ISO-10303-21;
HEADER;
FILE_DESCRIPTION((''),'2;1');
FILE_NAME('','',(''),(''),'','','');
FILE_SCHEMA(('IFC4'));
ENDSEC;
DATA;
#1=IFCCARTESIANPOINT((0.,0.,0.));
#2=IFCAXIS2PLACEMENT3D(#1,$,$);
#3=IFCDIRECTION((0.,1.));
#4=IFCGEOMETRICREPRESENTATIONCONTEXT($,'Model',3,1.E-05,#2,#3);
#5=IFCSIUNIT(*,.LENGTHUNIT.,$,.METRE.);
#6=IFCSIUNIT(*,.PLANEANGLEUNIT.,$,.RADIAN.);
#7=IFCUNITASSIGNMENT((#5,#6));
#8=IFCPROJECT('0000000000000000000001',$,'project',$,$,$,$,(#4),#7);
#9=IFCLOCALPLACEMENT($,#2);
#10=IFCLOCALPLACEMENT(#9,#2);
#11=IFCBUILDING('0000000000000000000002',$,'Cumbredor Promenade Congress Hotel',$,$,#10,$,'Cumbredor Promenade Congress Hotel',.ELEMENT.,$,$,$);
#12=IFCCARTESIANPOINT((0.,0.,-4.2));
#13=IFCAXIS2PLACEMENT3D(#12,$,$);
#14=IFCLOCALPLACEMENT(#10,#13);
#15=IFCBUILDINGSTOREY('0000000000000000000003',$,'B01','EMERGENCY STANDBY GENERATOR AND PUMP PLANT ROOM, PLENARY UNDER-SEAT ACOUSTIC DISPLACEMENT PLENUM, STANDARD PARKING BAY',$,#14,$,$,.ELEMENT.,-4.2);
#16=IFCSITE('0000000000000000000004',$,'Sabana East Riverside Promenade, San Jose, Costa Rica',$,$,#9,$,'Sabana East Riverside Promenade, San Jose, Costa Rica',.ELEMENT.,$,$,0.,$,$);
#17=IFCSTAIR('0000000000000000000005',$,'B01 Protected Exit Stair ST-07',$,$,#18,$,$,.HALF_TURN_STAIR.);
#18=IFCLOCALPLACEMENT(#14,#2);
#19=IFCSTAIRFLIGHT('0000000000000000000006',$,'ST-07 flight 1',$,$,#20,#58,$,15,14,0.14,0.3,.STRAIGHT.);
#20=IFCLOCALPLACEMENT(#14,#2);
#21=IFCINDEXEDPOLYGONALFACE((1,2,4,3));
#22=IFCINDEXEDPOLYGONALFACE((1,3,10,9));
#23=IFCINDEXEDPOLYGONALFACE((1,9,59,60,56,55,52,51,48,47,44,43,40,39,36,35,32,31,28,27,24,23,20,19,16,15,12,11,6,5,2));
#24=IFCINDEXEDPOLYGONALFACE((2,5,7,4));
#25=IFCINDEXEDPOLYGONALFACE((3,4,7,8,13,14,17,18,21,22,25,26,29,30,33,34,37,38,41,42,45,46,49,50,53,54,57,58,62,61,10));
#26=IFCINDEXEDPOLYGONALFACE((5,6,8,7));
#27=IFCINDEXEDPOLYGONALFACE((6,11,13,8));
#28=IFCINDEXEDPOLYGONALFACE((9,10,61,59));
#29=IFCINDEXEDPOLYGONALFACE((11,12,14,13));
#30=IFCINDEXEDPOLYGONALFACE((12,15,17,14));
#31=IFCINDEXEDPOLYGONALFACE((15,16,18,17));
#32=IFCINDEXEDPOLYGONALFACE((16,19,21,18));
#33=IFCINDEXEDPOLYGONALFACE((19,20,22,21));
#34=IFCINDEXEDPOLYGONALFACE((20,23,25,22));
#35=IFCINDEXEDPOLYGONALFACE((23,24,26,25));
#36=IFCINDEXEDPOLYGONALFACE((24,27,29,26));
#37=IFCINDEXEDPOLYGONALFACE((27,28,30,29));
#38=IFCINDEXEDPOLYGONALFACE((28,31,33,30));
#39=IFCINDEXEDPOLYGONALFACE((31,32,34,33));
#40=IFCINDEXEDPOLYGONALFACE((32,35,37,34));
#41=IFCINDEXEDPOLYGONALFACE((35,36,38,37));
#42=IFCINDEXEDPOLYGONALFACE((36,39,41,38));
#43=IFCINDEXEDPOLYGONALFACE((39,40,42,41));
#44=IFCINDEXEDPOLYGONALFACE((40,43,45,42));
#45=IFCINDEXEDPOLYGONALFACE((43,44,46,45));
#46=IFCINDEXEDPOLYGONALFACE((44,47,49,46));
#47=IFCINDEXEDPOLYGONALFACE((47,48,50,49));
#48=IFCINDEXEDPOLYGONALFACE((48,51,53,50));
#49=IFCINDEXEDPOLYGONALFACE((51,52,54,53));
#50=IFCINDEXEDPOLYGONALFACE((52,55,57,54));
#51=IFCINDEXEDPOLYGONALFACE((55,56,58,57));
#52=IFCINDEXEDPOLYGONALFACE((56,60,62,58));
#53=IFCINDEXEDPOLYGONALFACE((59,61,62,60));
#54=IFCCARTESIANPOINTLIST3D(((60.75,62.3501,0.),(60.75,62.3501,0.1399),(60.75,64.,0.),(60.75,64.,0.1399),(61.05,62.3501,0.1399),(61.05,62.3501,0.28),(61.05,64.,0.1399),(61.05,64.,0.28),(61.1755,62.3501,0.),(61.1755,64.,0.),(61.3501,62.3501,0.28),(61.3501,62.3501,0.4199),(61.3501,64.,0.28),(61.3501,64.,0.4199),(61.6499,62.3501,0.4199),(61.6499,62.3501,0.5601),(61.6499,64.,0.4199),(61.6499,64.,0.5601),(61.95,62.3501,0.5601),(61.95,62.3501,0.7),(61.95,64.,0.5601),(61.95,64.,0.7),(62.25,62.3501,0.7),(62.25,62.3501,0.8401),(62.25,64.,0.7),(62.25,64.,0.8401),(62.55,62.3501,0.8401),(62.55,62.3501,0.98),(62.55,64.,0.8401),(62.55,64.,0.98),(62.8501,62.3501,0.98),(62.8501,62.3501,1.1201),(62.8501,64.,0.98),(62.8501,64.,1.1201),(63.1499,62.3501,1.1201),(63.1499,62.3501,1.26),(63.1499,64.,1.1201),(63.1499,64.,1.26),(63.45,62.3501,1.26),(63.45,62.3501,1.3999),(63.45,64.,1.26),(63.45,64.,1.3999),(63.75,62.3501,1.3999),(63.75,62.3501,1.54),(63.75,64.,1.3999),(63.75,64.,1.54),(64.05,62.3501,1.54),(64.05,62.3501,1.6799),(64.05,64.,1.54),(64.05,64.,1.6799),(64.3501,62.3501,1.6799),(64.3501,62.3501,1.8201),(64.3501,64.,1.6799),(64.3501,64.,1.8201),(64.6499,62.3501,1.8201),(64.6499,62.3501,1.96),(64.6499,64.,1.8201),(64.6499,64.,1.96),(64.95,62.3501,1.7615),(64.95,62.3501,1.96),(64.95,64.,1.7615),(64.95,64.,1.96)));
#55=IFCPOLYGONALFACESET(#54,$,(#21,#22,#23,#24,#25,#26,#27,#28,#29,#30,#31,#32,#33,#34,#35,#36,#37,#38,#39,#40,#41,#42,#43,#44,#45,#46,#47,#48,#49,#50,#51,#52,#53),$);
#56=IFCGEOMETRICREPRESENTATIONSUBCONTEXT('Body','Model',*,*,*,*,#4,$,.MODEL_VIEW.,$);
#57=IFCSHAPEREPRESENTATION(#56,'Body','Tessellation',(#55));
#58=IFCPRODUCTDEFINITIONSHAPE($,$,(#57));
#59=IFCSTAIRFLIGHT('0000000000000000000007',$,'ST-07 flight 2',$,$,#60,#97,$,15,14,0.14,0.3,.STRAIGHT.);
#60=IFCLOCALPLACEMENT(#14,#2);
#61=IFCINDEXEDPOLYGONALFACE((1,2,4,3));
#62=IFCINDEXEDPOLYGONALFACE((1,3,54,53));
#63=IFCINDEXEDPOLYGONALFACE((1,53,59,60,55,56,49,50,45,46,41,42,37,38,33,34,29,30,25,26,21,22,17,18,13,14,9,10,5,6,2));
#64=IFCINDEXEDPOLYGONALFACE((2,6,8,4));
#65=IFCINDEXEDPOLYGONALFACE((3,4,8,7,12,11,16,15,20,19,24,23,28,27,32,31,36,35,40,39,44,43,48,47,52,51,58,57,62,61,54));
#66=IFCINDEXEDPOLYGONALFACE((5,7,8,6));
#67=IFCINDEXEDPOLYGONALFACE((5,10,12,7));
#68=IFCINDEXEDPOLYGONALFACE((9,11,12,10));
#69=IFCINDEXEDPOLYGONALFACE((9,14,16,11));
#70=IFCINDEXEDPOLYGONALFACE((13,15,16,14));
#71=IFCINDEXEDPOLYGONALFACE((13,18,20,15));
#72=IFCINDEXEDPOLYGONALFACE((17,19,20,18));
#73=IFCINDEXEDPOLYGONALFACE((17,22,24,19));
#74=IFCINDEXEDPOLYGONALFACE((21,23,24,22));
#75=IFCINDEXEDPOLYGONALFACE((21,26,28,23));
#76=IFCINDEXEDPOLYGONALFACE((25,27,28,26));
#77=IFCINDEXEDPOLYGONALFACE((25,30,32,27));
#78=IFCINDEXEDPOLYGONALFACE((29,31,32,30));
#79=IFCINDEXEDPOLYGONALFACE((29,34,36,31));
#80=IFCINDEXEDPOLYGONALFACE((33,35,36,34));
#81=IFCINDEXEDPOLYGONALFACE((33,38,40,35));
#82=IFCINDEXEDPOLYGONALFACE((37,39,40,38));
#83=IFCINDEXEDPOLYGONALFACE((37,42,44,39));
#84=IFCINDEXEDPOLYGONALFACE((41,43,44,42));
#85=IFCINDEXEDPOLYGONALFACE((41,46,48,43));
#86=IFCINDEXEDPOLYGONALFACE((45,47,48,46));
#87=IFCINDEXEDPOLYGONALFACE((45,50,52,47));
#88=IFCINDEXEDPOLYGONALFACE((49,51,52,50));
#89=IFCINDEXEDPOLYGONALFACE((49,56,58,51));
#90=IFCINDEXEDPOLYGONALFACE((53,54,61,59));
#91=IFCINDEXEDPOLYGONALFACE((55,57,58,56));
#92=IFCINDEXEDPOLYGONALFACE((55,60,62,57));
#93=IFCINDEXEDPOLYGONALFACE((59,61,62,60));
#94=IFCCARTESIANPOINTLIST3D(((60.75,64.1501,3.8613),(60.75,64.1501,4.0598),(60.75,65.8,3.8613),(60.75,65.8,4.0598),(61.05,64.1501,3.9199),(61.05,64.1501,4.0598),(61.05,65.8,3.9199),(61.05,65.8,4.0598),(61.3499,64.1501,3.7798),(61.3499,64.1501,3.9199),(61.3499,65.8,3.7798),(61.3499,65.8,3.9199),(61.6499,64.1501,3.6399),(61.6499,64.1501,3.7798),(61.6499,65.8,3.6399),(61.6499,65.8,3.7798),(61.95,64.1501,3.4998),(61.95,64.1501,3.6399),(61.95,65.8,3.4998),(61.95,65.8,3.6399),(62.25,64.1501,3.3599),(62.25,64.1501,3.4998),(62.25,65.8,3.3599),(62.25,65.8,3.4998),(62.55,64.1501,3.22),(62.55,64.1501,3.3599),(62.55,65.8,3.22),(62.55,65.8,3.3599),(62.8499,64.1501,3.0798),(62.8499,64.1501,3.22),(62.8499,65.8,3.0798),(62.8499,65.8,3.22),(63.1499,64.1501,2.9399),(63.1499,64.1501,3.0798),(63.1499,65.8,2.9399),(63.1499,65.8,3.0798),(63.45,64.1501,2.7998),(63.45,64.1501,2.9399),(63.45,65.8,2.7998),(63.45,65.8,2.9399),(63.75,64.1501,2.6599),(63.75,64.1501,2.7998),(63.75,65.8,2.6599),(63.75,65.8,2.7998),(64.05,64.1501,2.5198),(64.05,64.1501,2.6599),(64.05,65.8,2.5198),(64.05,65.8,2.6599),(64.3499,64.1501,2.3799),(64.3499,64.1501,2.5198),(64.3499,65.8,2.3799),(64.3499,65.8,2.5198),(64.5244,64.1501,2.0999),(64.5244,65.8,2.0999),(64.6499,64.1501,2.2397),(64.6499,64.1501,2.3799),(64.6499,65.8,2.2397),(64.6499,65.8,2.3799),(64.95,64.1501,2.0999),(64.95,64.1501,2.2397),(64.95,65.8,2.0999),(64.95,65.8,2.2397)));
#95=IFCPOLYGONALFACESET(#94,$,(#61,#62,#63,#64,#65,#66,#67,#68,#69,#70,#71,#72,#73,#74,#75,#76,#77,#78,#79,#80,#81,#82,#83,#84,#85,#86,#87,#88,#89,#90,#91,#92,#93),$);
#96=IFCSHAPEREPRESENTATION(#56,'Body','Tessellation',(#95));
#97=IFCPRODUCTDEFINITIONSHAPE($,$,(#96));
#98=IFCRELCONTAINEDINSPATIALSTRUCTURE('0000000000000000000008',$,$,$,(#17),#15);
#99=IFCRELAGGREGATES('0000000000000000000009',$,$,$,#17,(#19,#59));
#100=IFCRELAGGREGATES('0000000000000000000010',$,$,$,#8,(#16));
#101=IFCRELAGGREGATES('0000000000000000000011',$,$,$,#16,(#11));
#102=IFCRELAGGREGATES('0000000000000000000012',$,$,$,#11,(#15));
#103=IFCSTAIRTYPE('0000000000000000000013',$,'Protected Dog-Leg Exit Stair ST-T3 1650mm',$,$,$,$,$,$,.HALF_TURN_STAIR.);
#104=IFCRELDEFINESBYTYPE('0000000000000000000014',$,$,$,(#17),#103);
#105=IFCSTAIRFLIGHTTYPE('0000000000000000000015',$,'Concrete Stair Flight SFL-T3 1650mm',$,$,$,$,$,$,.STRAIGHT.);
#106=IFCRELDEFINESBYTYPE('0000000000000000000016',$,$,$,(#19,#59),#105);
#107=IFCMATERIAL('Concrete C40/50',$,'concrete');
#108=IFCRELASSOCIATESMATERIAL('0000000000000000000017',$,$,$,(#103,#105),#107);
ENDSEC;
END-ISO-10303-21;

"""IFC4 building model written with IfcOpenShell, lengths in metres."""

from ifc_helpers import new_model, si_unit, direction, frame, origin, place, context, subcontext, project, spatial, polyline, outline, extrude, material, type_object, element, aggregate, save


model = new_model("IFC4")

# Units and contexts
model_context = context("Model", 3, precision=1e-05, world=origin(), true_north=direction((0.0, 1.0)))
body_context = subcontext(model_context, "Body", "Model", "MODEL_VIEW")
ifc_project = project(units=[si_unit("LENGTHUNIT", "METRE"), si_unit("PLANEANGLEUNIT", "RADIAN")], contexts=[model_context])

# Site, building, storey
site_placement = place(None, origin())
site = spatial("IfcSite", under=ifc_project, at=site_placement, Name="Sabana East Riverside Promenade, San Jose, Costa Rica", LongName="Sabana East Riverside Promenade, San Jose, Costa Rica", CompositionType="ELEMENT", RefElevation=0.0)
building_placement = place(site_placement, origin())
building = spatial("IfcBuilding", under=site, at=building_placement, Name="Cumbredor Promenade Congress Hotel", LongName="Cumbredor Promenade Congress Hotel", CompositionType="ELEMENT")
storey_placement = place(building_placement, frame((0.0, 0.0, -4.2)))
storey = spatial("IfcBuildingStorey", under=building, at=storey_placement, Name="B01", Description="EMERGENCY STANDBY GENERATOR AND PUMP PLANT ROOM, PLENARY UNDER-SEAT ACOUSTIC DISPLACEMENT PLENUM, STANDARD PARKING BAY", CompositionType="ELEMENT", Elevation=-4.2)

# Shared definitions
ifc_material_1 = material(Name="Concrete C40/50", Category="concrete")

# Stair, stair flights
stair_type = type_object("IfcStairType", Name="Protected Dog-Leg Exit Stair ST-T3 1650mm", PredefinedType="HALF_TURN_STAIR", material=ifc_material_1)
stair_placement = place(storey_placement, origin())
stair = element("IfcStair", 1, at=stair_placement, inside=storey, type_object=stair_type, Name="B01 Protected Exit Stair ST-07", PredefinedType="HALF_TURN_STAIR")
stair_flight_type = type_object("IfcStairFlightType", Name="Concrete Stair Flight SFL-T3 1650mm", PredefinedType="STRAIGHT", material=ifc_material_1)
stair_flight_1_placement = place(storey_placement, frame((60.75, 63.175, 0.0), z_axis=(0.0, 0.0, 1.0), x_axis=(1.0, 0.0, 0.0)))
stair_flight_1 = element("IfcStairFlight", 2, at=stair_flight_1_placement, type_object=stair_flight_type, Name="ST-07 flight 1", NumberOfRisers=15, NumberOfTreads=14, PredefinedType="STRAIGHT", RiserHeight=0.14, TreadLength=0.3, context=body_context, shape_type="SweptSolid", body=[
    extrude(outline(polyline([(0.0, 0.0), (0.0, 0.1399), (0.3, 0.1399), (0.3, 0.28), (0.6001, 0.28), (0.6001, 0.4199), (0.8999, 0.4199), (0.8999, 0.5601), (1.2, 0.5601), (1.2, 0.7), (1.5, 0.7), (1.5, 0.8401), (1.8, 0.8401), (1.8, 0.98), (2.1001, 0.98), (2.1001, 1.1201), (2.3999, 1.1201), (2.3999, 1.26), (2.7, 1.26), (2.7, 1.3999), (3.0, 1.3999), (3.0, 1.54), (3.3, 1.54), (3.3, 1.6799), (3.6001, 1.6799), (3.6001, 1.8201), (3.8999, 1.8201), (3.8999, 1.96), (4.2, 1.96), (4.2, 2.1001), (4.2, 1.7615), (0.4255, 0.0), (0.0, 0.0)])), frame((0.0, 0.825, 0.0), z_axis=(0.0, -1.0, 0.0), x_axis=(1.0, 0.0, 0.0)), (0.0, 0.0, 1.0), 1.6499),
])
stair_flight_2_placement = place(storey_placement, frame((64.95, 64.9751, 2.0999), z_axis=(0.0, 0.0, 1.0), x_axis=(-1.0, 0.0, 0.0)))
stair_flight_2 = element("IfcStairFlight", 3, at=stair_flight_2_placement, type_object=stair_flight_type, Name="ST-07 flight 2", NumberOfRisers=15, NumberOfTreads=14, PredefinedType="STRAIGHT", RiserHeight=0.14, TreadLength=0.3, context=body_context, shape_type="SweptSolid", body=[
    extrude(outline(polyline([(0.0, 0.0), (0.0, 0.1399), (0.3, 0.1399), (0.3, 0.28), (0.6001, 0.28), (0.6001, 0.4199), (0.8999, 0.4199), (0.8999, 0.5601), (1.2, 0.5601), (1.2, 0.7), (1.5, 0.7), (1.5, 0.8401), (1.8, 0.8401), (1.8, 0.98), (2.1001, 0.98), (2.1001, 1.1201), (2.3999, 1.1201), (2.3999, 1.26), (2.7, 1.26), (2.7, 1.3999), (3.0, 1.3999), (3.0, 1.54), (3.3, 1.54), (3.3, 1.6799), (3.6001, 1.6799), (3.6001, 1.8201), (3.8999, 1.8201), (3.8999, 1.96), (4.2, 1.96), (4.2, 2.1001), (4.2, 1.7615), (0.4255, 0.0), (0.0, 0.0)])), frame((0.0, 0.825, 0.0), z_axis=(0.0, -1.0, 0.0), x_axis=(1.0, 0.0, 0.0)), (0.0, 0.0, 1.0), 1.6499),
])
aggregate(stair, [stair_flight_1, stair_flight_2])

save(model, "model.ifc")
